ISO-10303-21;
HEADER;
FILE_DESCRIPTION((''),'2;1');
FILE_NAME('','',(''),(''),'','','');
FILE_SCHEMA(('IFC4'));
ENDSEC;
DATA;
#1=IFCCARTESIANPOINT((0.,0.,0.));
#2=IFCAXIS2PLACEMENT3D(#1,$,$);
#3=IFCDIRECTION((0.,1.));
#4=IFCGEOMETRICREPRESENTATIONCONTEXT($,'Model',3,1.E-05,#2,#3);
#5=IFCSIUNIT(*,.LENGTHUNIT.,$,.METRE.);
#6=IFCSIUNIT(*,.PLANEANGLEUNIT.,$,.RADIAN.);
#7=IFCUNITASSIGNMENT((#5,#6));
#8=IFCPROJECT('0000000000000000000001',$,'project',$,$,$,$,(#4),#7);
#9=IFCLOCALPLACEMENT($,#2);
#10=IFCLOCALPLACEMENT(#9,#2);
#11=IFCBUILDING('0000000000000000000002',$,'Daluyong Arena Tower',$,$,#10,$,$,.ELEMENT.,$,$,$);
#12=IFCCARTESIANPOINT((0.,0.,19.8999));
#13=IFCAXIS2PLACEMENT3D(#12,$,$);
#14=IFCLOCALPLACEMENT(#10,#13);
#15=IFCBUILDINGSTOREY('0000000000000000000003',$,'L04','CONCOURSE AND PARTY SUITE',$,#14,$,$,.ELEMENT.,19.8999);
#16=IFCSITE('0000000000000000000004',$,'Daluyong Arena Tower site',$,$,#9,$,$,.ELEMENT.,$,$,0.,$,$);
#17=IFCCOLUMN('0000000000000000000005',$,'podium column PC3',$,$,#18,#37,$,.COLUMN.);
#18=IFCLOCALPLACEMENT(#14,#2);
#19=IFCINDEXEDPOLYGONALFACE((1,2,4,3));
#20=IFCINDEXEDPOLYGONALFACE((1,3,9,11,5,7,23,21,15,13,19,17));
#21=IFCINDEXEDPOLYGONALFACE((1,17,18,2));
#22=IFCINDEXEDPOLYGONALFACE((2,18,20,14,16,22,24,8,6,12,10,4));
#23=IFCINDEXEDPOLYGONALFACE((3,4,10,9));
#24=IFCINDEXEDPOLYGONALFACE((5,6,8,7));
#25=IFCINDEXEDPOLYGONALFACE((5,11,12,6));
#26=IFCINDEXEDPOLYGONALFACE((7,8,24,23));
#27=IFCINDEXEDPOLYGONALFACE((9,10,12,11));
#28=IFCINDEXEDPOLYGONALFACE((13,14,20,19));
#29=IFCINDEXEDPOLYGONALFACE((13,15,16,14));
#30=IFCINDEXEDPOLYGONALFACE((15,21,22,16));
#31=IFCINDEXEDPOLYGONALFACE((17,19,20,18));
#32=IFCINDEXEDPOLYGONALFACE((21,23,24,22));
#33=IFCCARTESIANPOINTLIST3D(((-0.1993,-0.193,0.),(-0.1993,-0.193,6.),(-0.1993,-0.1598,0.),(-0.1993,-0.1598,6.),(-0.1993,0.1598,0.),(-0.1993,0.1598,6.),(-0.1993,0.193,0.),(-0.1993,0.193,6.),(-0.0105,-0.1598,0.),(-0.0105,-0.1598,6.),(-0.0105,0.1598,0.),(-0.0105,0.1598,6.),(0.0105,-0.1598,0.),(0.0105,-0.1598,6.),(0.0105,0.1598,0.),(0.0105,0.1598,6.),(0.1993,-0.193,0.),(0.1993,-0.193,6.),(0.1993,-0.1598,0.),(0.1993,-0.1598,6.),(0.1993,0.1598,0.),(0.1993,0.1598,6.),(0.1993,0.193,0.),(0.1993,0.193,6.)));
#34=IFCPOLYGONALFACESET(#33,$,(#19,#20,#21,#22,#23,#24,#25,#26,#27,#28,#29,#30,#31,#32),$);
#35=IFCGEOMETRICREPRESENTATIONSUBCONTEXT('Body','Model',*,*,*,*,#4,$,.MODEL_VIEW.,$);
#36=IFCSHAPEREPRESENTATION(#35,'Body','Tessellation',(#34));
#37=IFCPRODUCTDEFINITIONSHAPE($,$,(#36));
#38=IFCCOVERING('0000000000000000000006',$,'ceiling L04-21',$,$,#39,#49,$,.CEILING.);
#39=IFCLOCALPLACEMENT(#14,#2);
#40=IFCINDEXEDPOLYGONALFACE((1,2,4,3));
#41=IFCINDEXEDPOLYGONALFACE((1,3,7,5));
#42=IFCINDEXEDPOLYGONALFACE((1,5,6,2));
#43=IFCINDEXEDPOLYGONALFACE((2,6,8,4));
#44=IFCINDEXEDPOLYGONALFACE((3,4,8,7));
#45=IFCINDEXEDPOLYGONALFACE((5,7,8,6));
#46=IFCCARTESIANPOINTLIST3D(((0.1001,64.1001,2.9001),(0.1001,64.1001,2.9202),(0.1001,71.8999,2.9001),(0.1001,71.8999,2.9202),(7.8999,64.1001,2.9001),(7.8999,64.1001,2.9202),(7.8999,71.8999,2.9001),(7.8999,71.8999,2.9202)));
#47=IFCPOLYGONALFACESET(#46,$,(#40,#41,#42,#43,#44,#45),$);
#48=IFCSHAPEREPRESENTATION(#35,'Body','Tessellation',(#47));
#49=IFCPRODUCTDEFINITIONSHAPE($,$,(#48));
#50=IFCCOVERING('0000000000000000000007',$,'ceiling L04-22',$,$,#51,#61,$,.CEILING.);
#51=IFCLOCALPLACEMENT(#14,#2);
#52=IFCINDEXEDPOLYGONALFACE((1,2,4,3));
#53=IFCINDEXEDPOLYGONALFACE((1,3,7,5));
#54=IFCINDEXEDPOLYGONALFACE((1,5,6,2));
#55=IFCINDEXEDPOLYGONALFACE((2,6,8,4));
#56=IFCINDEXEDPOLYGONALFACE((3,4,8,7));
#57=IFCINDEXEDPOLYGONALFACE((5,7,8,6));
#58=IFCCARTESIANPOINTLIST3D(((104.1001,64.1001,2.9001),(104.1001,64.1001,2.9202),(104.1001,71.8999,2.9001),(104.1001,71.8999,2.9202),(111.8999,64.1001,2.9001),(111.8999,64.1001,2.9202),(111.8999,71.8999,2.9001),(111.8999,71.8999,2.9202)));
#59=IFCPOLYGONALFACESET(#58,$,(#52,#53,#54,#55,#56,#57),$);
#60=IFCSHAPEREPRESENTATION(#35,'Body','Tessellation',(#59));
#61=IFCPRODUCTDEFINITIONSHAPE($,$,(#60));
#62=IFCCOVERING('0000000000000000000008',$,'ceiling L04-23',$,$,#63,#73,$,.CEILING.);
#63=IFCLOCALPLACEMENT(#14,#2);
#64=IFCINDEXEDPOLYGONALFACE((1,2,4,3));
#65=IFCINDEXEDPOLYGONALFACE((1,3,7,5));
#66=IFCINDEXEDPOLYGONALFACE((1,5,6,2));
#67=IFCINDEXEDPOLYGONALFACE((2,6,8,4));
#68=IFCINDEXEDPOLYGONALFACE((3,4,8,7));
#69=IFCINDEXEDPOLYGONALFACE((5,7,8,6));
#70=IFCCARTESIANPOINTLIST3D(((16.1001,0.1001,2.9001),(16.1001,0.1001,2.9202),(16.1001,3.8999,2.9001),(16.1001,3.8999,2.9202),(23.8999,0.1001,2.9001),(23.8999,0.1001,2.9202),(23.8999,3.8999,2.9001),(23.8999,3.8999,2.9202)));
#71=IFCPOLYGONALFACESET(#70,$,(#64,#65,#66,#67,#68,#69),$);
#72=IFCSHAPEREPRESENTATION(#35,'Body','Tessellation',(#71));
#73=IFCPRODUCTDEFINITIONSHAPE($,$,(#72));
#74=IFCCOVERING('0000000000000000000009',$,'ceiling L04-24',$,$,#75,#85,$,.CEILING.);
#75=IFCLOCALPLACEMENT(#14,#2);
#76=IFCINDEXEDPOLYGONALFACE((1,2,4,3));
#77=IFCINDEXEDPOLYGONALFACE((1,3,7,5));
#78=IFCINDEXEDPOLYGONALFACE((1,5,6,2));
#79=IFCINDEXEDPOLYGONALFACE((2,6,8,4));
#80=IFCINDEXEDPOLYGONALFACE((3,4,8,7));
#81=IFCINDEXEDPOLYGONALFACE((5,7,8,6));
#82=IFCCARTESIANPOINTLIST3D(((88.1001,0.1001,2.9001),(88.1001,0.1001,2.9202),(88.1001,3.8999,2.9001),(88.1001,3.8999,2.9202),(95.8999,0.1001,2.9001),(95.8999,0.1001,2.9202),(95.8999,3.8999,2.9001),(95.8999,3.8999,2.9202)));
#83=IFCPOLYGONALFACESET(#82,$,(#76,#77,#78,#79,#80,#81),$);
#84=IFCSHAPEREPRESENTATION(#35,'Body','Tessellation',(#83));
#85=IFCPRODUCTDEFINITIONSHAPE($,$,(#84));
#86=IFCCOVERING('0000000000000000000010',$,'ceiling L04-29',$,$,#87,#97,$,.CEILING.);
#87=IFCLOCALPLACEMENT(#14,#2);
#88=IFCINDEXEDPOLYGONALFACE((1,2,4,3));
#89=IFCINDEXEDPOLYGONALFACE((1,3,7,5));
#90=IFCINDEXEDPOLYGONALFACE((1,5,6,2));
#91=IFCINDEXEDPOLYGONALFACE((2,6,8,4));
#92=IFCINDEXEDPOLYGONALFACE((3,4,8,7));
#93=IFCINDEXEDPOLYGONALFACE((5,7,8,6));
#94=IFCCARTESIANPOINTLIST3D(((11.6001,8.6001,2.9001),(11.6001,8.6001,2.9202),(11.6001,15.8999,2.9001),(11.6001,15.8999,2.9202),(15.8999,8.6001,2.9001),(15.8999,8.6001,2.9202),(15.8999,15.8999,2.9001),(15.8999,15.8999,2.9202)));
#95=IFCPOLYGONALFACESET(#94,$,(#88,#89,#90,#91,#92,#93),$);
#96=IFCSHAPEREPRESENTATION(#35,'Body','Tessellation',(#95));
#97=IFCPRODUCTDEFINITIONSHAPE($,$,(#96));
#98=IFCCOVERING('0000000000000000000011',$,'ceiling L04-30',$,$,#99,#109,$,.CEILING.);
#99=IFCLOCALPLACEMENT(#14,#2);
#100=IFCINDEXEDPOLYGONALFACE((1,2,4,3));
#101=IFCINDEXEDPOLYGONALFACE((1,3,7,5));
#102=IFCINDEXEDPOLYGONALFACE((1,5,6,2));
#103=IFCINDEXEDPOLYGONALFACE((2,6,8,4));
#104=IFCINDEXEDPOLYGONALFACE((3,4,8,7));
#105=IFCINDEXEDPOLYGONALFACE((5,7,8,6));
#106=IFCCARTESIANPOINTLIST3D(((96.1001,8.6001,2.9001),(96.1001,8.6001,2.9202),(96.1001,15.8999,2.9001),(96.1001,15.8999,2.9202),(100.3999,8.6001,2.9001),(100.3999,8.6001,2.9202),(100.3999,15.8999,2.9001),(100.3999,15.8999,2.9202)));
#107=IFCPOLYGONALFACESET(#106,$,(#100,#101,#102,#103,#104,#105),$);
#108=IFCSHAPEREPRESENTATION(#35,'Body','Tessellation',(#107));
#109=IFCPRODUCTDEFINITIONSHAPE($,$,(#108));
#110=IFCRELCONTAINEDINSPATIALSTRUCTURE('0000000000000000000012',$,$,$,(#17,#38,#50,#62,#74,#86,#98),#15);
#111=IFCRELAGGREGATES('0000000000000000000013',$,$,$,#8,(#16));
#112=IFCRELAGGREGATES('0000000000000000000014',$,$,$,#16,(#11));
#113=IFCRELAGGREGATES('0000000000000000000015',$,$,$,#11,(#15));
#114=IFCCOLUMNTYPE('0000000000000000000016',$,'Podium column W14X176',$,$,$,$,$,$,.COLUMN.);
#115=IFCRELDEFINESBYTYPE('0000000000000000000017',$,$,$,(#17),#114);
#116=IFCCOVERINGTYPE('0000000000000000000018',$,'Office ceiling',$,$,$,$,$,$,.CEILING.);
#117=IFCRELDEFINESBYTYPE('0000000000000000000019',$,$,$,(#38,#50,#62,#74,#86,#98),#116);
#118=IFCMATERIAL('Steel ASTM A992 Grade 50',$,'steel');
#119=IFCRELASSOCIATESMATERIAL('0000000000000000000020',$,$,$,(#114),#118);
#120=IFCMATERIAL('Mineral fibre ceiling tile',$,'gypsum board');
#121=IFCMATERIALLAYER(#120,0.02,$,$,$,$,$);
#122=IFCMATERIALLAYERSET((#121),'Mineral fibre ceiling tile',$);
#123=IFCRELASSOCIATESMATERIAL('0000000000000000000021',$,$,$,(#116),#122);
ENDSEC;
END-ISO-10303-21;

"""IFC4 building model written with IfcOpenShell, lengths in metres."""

from ifc_helpers import new_model, si_unit, direction, frame, origin, origin_with_axes, origin_2d, place, context, subcontext, project, spatial, polyline, i_section, outline, extrude, material, layer, layer_set, material_profile, profile_set, type_object, element, save


model = new_model("IFC4")

# Units and contexts
model_context = context("Model", 3, precision=1e-05, world=origin(), true_north=direction((0.0, 1.0)))
body_context = subcontext(model_context, "Body", "Model", "MODEL_VIEW")
ifc_project = project(units=[si_unit("LENGTHUNIT", "METRE"), si_unit("PLANEANGLEUNIT", "RADIAN")], contexts=[model_context])

# Site, building, storey
site_placement = place(None, origin())
site = spatial("IfcSite", under=ifc_project, at=site_placement, Name="Daluyong Arena Tower site", CompositionType="ELEMENT", RefElevation=0.0)
building_placement = place(site_placement, origin())
building = spatial("IfcBuilding", under=site, at=building_placement, Name="Daluyong Arena Tower", CompositionType="ELEMENT")
storey_placement = place(building_placement, frame((0.0, 0.0, 19.8999)))
storey = spatial("IfcBuildingStorey", under=building, at=storey_placement, Name="L04", Description="CONCOURSE AND PARTY SUITE", CompositionType="ELEMENT", Elevation=19.8999)

# Column
ifc_material_1 = material(Name="Steel ASTM A992 Grade 50", Category="steel")
ifc_material_profile = material_profile(ifc_material_1, i_section(OverallWidth=0.3987, OverallDepth=0.386, WebThickness=0.021, FlangeThickness=0.0332, at=origin_2d()))
ifc_profile_set = profile_set([ifc_material_profile], Name="Steel ASTM A992 Grade 50")
column_type = type_object("IfcColumnType", Name="Podium column W14X176", PredefinedType="COLUMN", material=ifc_profile_set)
column_placement = place(storey_placement, origin_with_axes())
element("IfcColumn", 1, at=column_placement, inside=storey, type_object=column_type, Name="podium column PC3", PredefinedType="COLUMN", context=body_context, shape_type="SweptSolid", body=[
    extrude(i_section(OverallWidth=0.3987, OverallDepth=0.386, WebThickness=0.021, FlangeThickness=0.0332, at=origin_2d()), origin(), (0.0, 0.0, 1.0), 6.0),
])

# Coverings
ifc_material_2 = material(Name="Mineral fibre ceiling tile", Category="gypsum board")
ifc_layer = layer(ifc_material_2, 0.02)
ifc_layer_set = layer_set([ifc_layer], Name="Mineral fibre ceiling tile")
covering_type = type_object("IfcCoveringType", Name="Office ceiling", PredefinedType="CEILING", material=ifc_layer_set)
covering_1_placement = place(storey_placement, frame((0.0, 0.0, 2.9001)))
element("IfcCovering", 2, at=covering_1_placement, inside=storey, type_object=covering_type, Name="ceiling L04-21", PredefinedType="CEILING", context=body_context, shape_type="SweptSolid", body=[
    extrude(outline(polyline([(7.8999, 64.1001), (7.8999, 71.8999), (0.1001, 71.8999), (0.1001, 64.1001), (7.8999, 64.1001)])), origin(), (0.0, 0.0, 1.0), 0.02),
])
covering_2_placement = place(storey_placement, frame((0.0, 0.0, 2.9001)))
element("IfcCovering", 3, at=covering_2_placement, inside=storey, type_object=covering_type, Name="ceiling L04-22", PredefinedType="CEILING", context=body_context, shape_type="SweptSolid", body=[
    extrude(outline(polyline([(111.8999, 64.1001), (111.8999, 71.8999), (104.1001, 71.8999), (104.1001, 64.1001), (111.8999, 64.1001)])), origin(), (0.0, 0.0, 1.0), 0.02),
])
covering_3_placement = place(storey_placement, frame((0.0, 0.0, 2.9001)))
element("IfcCovering", 4, at=covering_3_placement, inside=storey, type_object=covering_type, Name="ceiling L04-23", PredefinedType="CEILING", context=body_context, shape_type="SweptSolid", body=[
    extrude(outline(polyline([(23.8999, 0.1001), (23.8999, 3.8999), (16.1001, 3.8999), (16.1001, 0.1001), (23.8999, 0.1001)])), origin(), (0.0, 0.0, 1.0), 0.02),
])
covering_4_placement = place(storey_placement, frame((0.0, 0.0, 2.9001)))
element("IfcCovering", 5, at=covering_4_placement, inside=storey, type_object=covering_type, Name="ceiling L04-24", PredefinedType="CEILING", context=body_context, shape_type="SweptSolid", body=[
    extrude(outline(polyline([(95.8999, 0.1001), (95.8999, 3.8999), (88.1001, 3.8999), (88.1001, 0.1001), (95.8999, 0.1001)])), origin(), (0.0, 0.0, 1.0), 0.02),
])
covering_5_placement = place(storey_placement, frame((0.0, 0.0, 2.9001)))
element("IfcCovering", 6, at=covering_5_placement, inside=storey, type_object=covering_type, Name="ceiling L04-29", PredefinedType="CEILING", context=body_context, shape_type="SweptSolid", body=[
    extrude(outline(polyline([(15.8999, 8.6001), (15.8999, 15.8999), (11.6001, 15.8999), (11.6001, 8.6001), (15.8999, 8.6001)])), origin(), (0.0, 0.0, 1.0), 0.02),
])
covering_6_placement = place(storey_placement, frame((0.0, 0.0, 2.9001)))
element("IfcCovering", 7, at=covering_6_placement, inside=storey, type_object=covering_type, Name="ceiling L04-30", PredefinedType="CEILING", context=body_context, shape_type="SweptSolid", body=[
    extrude(outline(polyline([(100.3999, 8.6001), (100.3999, 15.8999), (96.1001, 15.8999), (96.1001, 8.6001), (100.3999, 8.6001)])), origin(), (0.0, 0.0, 1.0), 0.02),
])

save(model, "model.ifc")
